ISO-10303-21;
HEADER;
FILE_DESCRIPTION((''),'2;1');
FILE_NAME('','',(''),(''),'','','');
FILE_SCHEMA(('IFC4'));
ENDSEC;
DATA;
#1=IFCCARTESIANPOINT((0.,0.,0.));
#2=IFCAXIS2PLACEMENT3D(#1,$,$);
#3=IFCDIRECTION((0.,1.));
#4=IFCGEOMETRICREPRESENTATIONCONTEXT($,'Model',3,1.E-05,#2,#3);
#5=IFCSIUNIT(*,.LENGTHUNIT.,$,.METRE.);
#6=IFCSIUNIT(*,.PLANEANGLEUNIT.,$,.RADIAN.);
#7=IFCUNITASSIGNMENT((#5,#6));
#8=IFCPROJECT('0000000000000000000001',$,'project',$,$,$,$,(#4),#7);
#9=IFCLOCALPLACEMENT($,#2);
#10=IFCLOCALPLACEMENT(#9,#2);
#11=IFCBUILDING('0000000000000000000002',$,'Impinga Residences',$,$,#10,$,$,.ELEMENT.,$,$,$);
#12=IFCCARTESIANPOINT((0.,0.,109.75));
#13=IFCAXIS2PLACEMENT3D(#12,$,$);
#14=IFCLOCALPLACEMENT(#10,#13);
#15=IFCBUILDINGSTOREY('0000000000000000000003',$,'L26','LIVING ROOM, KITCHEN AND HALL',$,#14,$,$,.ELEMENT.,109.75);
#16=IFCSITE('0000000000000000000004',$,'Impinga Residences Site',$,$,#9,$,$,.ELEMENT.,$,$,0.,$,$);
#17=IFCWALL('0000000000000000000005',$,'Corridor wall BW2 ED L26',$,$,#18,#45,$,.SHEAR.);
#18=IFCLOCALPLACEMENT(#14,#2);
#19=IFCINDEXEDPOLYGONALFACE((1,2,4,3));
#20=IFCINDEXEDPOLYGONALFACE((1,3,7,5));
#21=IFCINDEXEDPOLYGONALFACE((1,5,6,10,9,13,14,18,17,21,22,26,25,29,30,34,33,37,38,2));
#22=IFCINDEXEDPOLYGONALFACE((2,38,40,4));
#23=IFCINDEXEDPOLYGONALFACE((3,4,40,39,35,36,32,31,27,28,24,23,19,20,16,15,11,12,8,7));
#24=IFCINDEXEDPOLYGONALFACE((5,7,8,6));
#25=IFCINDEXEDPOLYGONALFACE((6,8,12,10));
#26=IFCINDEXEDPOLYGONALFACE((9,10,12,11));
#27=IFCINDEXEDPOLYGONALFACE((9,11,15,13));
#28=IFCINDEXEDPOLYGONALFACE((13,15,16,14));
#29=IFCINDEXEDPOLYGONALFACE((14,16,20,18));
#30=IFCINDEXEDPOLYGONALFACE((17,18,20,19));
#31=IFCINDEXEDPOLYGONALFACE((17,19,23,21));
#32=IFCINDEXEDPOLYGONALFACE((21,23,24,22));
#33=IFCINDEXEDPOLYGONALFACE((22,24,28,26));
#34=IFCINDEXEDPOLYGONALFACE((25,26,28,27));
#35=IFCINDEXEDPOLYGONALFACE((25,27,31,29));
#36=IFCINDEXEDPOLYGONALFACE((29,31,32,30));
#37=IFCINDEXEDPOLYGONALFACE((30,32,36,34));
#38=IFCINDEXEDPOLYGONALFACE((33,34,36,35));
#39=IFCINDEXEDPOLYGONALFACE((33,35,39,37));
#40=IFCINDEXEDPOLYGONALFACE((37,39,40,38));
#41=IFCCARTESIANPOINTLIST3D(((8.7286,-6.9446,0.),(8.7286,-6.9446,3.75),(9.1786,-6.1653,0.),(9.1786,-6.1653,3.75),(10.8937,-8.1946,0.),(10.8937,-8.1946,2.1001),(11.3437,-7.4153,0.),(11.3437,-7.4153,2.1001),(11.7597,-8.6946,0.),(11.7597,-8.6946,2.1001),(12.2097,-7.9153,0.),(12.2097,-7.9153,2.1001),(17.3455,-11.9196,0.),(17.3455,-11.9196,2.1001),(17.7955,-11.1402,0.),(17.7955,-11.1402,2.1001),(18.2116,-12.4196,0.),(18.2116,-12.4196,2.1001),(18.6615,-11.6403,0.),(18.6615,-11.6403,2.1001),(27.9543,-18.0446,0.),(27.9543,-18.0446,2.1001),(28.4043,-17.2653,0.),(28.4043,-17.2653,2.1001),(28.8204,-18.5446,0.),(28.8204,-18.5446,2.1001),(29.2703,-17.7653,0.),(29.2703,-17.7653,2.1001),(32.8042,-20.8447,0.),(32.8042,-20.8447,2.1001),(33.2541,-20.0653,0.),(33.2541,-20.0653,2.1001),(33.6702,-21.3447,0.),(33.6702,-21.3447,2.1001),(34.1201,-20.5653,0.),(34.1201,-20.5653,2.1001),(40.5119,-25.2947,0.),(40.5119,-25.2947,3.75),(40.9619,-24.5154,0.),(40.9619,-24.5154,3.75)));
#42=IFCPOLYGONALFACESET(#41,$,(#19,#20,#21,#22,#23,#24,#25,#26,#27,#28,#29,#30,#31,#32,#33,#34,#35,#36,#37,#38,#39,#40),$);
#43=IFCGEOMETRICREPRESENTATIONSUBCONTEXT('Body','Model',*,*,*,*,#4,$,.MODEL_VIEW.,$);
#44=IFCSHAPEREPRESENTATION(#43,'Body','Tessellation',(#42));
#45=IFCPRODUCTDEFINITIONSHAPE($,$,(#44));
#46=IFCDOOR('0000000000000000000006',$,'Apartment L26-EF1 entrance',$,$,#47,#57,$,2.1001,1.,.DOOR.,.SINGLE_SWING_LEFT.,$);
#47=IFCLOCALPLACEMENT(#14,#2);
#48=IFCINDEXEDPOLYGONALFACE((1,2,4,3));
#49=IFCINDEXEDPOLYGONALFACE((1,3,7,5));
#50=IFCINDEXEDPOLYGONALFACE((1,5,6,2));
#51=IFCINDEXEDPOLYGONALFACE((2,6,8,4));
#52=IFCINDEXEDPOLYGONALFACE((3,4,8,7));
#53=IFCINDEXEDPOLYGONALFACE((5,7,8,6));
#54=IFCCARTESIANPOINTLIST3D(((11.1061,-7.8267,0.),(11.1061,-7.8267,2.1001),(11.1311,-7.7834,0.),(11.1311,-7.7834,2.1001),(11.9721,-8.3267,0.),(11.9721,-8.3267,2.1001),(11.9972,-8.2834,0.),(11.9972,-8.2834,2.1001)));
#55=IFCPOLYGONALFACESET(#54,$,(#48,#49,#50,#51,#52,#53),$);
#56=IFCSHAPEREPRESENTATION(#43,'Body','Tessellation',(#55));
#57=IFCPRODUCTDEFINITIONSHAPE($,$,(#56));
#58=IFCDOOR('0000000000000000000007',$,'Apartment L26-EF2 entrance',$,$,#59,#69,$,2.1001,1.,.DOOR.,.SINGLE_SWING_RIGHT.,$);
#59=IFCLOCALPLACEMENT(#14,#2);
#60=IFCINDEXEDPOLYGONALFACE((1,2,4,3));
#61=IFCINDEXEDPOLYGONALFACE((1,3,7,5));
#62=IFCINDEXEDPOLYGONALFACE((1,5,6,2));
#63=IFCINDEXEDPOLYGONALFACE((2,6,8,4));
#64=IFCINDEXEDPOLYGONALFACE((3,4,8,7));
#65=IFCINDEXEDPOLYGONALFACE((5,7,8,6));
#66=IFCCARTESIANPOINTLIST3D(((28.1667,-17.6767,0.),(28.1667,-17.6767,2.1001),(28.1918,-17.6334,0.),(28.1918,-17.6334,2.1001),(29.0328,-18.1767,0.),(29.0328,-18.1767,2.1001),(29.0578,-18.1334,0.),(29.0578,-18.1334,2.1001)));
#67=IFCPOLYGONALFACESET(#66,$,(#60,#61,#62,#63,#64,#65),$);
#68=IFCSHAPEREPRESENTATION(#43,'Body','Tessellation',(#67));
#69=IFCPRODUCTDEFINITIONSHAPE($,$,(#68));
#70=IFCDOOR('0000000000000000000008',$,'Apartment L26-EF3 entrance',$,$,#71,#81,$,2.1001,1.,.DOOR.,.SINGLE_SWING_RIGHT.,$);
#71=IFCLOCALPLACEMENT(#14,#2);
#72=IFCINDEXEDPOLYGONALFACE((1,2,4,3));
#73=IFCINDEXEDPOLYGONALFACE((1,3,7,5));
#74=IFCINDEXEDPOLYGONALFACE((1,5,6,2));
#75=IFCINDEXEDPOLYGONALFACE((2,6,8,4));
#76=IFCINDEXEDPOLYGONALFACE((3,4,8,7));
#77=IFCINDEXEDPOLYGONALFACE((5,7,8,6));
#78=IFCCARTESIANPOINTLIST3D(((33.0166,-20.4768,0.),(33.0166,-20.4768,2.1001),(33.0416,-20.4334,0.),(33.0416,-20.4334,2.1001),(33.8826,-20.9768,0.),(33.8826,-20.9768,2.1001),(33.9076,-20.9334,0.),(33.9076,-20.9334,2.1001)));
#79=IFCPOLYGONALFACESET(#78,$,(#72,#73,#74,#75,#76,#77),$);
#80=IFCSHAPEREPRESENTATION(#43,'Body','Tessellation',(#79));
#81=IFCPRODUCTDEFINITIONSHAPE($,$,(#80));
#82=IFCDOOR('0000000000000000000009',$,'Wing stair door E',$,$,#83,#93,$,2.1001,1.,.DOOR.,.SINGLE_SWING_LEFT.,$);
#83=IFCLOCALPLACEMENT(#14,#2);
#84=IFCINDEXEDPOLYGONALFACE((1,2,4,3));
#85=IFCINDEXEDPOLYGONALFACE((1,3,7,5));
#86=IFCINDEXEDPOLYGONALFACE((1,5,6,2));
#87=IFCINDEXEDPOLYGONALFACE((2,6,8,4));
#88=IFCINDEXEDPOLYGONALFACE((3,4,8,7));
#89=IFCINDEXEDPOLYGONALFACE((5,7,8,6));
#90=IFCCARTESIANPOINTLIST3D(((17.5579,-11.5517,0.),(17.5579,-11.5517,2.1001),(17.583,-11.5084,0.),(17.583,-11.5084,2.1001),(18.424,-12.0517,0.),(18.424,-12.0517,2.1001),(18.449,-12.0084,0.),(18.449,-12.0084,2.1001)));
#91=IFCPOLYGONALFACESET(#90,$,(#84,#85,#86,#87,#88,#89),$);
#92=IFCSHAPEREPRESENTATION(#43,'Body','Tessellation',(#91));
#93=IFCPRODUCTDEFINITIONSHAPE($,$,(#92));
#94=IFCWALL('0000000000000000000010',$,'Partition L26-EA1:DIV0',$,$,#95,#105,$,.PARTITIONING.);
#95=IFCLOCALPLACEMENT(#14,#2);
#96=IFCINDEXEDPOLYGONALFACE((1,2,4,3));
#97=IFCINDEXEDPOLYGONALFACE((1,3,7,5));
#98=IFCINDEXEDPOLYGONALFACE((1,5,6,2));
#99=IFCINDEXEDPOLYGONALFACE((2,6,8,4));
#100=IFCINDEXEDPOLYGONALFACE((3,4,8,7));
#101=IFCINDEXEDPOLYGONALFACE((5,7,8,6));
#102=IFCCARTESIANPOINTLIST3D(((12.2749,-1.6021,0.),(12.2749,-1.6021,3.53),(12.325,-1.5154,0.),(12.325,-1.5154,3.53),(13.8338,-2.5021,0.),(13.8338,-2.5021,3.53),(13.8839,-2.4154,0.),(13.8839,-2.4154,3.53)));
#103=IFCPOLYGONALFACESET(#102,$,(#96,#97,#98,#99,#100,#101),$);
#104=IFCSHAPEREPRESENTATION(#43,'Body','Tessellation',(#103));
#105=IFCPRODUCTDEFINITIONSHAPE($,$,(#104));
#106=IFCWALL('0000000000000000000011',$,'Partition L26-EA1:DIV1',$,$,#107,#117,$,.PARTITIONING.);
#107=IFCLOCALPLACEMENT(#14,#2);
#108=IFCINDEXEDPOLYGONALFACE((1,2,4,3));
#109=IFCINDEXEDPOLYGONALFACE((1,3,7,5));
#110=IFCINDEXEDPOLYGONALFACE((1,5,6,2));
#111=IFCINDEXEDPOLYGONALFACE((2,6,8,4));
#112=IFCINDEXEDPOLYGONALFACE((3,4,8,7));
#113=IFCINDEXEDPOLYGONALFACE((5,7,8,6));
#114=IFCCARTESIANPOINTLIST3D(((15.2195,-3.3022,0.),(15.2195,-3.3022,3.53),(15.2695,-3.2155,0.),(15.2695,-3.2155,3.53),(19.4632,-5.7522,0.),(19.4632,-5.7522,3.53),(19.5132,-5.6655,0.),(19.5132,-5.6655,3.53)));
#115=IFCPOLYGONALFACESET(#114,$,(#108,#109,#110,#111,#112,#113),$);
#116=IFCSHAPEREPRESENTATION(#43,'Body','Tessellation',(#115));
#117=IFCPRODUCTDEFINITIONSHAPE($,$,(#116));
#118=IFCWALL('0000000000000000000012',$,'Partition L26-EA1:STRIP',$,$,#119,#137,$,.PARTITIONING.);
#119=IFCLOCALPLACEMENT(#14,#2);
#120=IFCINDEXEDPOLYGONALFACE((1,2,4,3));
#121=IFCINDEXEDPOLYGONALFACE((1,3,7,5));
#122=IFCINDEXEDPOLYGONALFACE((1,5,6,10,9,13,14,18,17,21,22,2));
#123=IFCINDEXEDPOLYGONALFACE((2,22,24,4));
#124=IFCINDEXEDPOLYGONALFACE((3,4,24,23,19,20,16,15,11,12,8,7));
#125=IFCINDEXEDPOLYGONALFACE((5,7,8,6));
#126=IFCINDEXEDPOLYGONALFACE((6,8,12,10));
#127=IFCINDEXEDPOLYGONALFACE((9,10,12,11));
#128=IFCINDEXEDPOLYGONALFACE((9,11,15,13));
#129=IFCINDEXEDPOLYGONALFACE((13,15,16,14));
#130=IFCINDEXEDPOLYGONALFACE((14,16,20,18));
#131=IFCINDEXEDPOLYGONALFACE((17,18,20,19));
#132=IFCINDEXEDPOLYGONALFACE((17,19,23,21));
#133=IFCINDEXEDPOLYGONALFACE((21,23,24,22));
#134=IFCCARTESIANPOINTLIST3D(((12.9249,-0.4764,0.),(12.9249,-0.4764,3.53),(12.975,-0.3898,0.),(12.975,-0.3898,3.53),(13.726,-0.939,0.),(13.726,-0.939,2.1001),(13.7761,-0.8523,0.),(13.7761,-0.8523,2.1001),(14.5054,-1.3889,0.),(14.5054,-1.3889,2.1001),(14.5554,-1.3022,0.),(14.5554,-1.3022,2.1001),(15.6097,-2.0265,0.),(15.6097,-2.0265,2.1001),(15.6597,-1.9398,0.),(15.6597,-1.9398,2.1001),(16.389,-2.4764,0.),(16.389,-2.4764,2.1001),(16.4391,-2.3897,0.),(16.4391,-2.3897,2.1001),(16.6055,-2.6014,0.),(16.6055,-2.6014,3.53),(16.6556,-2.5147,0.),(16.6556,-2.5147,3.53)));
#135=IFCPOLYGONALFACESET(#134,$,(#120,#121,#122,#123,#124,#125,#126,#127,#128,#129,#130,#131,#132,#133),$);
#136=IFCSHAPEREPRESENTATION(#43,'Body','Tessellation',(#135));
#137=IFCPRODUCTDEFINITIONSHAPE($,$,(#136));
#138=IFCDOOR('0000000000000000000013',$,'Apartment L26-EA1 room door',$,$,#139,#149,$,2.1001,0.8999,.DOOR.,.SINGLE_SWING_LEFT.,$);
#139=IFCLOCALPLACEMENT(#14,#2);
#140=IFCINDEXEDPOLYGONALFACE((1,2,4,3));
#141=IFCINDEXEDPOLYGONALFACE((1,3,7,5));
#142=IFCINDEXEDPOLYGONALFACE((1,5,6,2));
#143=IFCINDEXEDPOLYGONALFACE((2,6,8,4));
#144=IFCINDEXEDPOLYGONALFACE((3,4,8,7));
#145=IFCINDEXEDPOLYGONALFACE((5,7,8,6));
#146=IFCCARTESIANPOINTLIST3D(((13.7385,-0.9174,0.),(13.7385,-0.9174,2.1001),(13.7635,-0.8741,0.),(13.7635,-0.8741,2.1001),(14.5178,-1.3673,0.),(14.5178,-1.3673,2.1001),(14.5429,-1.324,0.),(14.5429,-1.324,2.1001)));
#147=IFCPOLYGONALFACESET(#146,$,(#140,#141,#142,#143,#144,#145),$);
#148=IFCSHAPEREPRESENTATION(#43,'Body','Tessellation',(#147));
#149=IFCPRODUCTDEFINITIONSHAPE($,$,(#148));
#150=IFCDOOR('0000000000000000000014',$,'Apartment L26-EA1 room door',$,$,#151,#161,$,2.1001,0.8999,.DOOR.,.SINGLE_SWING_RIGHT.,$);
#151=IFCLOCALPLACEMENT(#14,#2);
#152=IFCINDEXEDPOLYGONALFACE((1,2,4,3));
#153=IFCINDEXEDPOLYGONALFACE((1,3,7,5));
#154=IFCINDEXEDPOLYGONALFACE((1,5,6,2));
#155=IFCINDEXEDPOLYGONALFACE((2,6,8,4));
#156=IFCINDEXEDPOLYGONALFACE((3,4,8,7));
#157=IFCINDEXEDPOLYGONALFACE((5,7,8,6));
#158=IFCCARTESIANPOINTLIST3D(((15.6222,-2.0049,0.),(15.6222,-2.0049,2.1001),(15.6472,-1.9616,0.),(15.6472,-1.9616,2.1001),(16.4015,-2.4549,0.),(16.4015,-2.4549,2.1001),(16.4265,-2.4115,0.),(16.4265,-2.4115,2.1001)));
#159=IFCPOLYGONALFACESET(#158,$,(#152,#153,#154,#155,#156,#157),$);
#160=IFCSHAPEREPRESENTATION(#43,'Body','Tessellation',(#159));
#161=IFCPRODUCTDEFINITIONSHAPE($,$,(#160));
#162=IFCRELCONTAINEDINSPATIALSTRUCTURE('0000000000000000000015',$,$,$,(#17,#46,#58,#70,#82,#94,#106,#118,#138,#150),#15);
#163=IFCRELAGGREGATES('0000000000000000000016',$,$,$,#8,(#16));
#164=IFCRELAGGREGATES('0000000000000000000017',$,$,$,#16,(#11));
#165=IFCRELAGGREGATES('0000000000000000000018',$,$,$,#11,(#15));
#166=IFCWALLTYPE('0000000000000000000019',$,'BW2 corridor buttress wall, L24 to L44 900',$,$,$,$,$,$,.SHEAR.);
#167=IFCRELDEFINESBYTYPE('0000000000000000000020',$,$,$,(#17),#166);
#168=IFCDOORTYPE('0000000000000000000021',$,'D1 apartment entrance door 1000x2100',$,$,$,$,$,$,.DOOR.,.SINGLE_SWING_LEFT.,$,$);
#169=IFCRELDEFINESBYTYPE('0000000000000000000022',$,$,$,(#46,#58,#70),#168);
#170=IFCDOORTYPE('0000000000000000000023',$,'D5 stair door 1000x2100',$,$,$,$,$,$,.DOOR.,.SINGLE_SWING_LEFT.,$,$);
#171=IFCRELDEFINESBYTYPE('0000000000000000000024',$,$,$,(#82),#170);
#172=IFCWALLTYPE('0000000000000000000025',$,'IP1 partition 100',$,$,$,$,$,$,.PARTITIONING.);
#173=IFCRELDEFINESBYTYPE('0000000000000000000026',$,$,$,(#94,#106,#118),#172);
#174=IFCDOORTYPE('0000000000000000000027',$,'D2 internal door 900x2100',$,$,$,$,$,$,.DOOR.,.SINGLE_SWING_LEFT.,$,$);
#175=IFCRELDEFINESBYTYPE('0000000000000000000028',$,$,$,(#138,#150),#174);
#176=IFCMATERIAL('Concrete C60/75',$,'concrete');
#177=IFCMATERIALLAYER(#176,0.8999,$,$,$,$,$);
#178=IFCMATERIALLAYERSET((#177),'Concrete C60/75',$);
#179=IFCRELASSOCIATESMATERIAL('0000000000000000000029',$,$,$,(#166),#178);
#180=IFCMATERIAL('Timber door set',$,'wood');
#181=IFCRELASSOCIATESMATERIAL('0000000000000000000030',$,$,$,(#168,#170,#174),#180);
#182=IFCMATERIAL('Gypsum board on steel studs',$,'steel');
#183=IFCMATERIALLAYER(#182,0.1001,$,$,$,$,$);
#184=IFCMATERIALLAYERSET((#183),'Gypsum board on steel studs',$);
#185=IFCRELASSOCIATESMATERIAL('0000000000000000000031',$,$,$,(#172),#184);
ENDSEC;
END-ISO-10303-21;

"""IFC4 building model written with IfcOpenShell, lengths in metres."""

from ifc_helpers import new_model, si_unit, direction, frame, frame_2d, origin, place, context, subcontext, project, spatial, rectangle, extrude, material, layer, layer_set, type_object, element, fill, save


model = new_model("IFC4")

# Units and contexts
model_context = context("Model", 3, precision=1e-05, world=origin(), true_north=direction((0.0, 1.0)))
body_context = subcontext(model_context, "Body", "Model", "MODEL_VIEW")
ifc_project = project(units=[si_unit("LENGTHUNIT", "METRE"), si_unit("PLANEANGLEUNIT", "RADIAN")], contexts=[model_context])

# Site, building, storey
site_placement = place(None, origin())
site = spatial("IfcSite", under=ifc_project, at=site_placement, Name="Impinga Residences Site", CompositionType="ELEMENT", RefElevation=0.0)
building_placement = place(site_placement, origin())
building = spatial("IfcBuilding", under=site, at=building_placement, Name="Impinga Residences", CompositionType="ELEMENT")
storey_placement = place(building_placement, frame((0.0, 0.0, 109.75)))
storey = spatial("IfcBuildingStorey", under=building, at=storey_placement, Name="L26", Description="LIVING ROOM, KITCHEN AND HALL", CompositionType="ELEMENT", Elevation=109.75)

# Wall, openings, doors
ifc_material_1 = material(Name="Concrete C60/75", Category="concrete")
ifc_layer_1 = layer(ifc_material_1, 0.8999)
ifc_layer_set_1 = layer_set([ifc_layer_1], Name="Concrete C60/75")
wall_type_1 = type_object("IfcWallType", Name="BW2 corridor buttress wall, L24 to L44 900", PredefinedType="SHEAR", material=ifc_layer_set_1)
ifc_material_2 = material(Name="Timber door set", Category="wood")
door_type_1 = type_object("IfcDoorType", Name="D1 apartment entrance door 1000x2100", OperationType="SINGLE_SWING_LEFT", PredefinedType="DOOR", material=ifc_material_2)
wall_1_placement = place(storey_placement, frame((8.9536, -6.5549, 0.0), z_axis=(0.0, 0.0, 1.0), x_axis=(0.866025, -0.500001, 0.0)))
wall_1 = element("IfcWall", 1, at=wall_1_placement, inside=storey, type_object=wall_type_1, Name="Corridor wall BW2 ED L26", PredefinedType="SHEAR", context=body_context, shape_type="SweptSolid", body=[
    extrude(rectangle(XDim=36.7002, YDim=0.8999, at=frame_2d((18.3501, 0.0))), origin(), (0.0, 0.0, 1.0), 3.75),
])
opening_1_placement = place(wall_1_placement, frame((9.95, 0.0, 0.0)))
opening_1 = element("IfcOpeningElement", 2, at=opening_1_placement, cuts=wall_1, PredefinedType="OPENING", context=body_context, shape_type="SweptSolid", body=[
    extrude(rectangle(XDim=1.0, YDim=2.1001, at=frame_2d((0.5, 1.05))), frame((0.0, 0.46, 0.0), z_axis=(0.0, -1.0, 0.0), x_axis=(1.0, 0.0, 0.0)), (0.0, 0.0, 1.0), 0.9199),
])
opening_2_placement = place(wall_1_placement, frame((2.5, 0.0, 0.0)))
opening_2 = element("IfcOpeningElement", 3, at=opening_2_placement, cuts=wall_1, PredefinedType="OPENING", context=body_context, shape_type="SweptSolid", body=[
    extrude(rectangle(XDim=1.0, YDim=2.1001, at=frame_2d((0.5, 1.05))), frame((0.0, 0.46, 0.0), z_axis=(0.0, -1.0, 0.0), x_axis=(1.0, 0.0, 0.0)), (0.0, 0.0, 1.0), 0.9199),
])
opening_3_placement = place(wall_1_placement, frame((22.2, 0.0, 0.0)))
opening_3 = element("IfcOpeningElement", 4, at=opening_3_placement, cuts=wall_1, PredefinedType="OPENING", context=body_context, shape_type="SweptSolid", body=[
    extrude(rectangle(XDim=1.0, YDim=2.1001, at=frame_2d((0.5, 1.05))), frame((0.0, 0.46, 0.0), z_axis=(0.0, -1.0, 0.0), x_axis=(1.0, 0.0, 0.0)), (0.0, 0.0, 1.0), 0.9199),
])
opening_4_placement = place(wall_1_placement, frame((27.8, 0.0, 0.0)))
opening_4 = element("IfcOpeningElement", 5, at=opening_4_placement, cuts=wall_1, PredefinedType="OPENING", context=body_context, shape_type="SweptSolid", body=[
    extrude(rectangle(XDim=1.0, YDim=2.1001, at=frame_2d((0.5, 1.05))), frame((0.0, 0.46, 0.0), z_axis=(0.0, -1.0, 0.0), x_axis=(1.0, 0.0, 0.0)), (0.0, 0.0, 1.0), 0.9199),
])
door_1_placement = place(opening_2_placement, origin())
door_1 = element("IfcDoor", 6, at=door_1_placement, inside=storey, type_object=door_type_1, Name="Apartment L26-EF1 entrance", OperationType="SINGLE_SWING_LEFT", OverallHeight=2.1001, OverallWidth=1.0, PredefinedType="DOOR", context=body_context, shape_type="SweptSolid", body=[
    extrude(rectangle(XDim=1.0, YDim=2.1001, at=frame_2d((0.5, 1.05))), frame((0.0, 0.0249, 0.0), z_axis=(0.0, -1.0, 0.0), x_axis=(1.0, 0.0, 0.0)), (0.0, 0.0, 1.0), 0.05),
])
fill(opening_2, door_1)
door_2_placement = place(opening_3_placement, origin())
door_2 = element("IfcDoor", 7, at=door_2_placement, inside=storey, type_object=door_type_1, Name="Apartment L26-EF2 entrance", OperationType="SINGLE_SWING_RIGHT", OverallHeight=2.1001, OverallWidth=1.0, PredefinedType="DOOR", context=body_context, shape_type="SweptSolid", body=[
    extrude(rectangle(XDim=1.0, YDim=2.1001, at=frame_2d((0.5, 1.05))), frame((0.0, 0.0249, 0.0), z_axis=(0.0, -1.0, 0.0), x_axis=(1.0, 0.0, 0.0)), (0.0, 0.0, 1.0), 0.05),
])
fill(opening_3, door_2)
door_3_placement = place(opening_4_placement, origin())
door_3 = element("IfcDoor", 8, at=door_3_placement, inside=storey, type_object=door_type_1, Name="Apartment L26-EF3 entrance", OperationType="SINGLE_SWING_RIGHT", OverallHeight=2.1001, OverallWidth=1.0, PredefinedType="DOOR", context=body_context, shape_type="SweptSolid", body=[
    extrude(rectangle(XDim=1.0, YDim=2.1001, at=frame_2d((0.5, 1.05))), frame((0.0, 0.0249, 0.0), z_axis=(0.0, -1.0, 0.0), x_axis=(1.0, 0.0, 0.0)), (0.0, 0.0, 1.0), 0.05),
])
fill(opening_4, door_3)
door_type_2 = type_object("IfcDoorType", Name="D5 stair door 1000x2100", OperationType="SINGLE_SWING_LEFT", PredefinedType="DOOR", material=ifc_material_2)
door_4_placement = place(opening_1_placement, origin())
door_4 = element("IfcDoor", 9, at=door_4_placement, inside=storey, type_object=door_type_2, Name="Wing stair door E", OperationType="SINGLE_SWING_LEFT", OverallHeight=2.1001, OverallWidth=1.0, PredefinedType="DOOR", context=body_context, shape_type="SweptSolid", body=[
    extrude(rectangle(XDim=1.0, YDim=2.1001, at=frame_2d((0.5, 1.05))), frame((0.0, 0.0249, 0.0), z_axis=(0.0, -1.0, 0.0), x_axis=(1.0, 0.0, 0.0)), (0.0, 0.0, 1.0), 0.05),
])
fill(opening_1, door_4)

# Walls
ifc_material_3 = material(Name="Gypsum board on steel studs", Category="steel")
ifc_layer_2 = layer(ifc_material_3, 0.1001)
ifc_layer_set_2 = layer_set([ifc_layer_2], Name="Gypsum board on steel studs")
wall_type_2 = type_object("IfcWallType", Name="IP1 partition 100", PredefinedType="PARTITIONING", material=ifc_layer_set_2)
wall_2_placement = place(storey_placement, frame((12.3, -1.5588, 0.0), z_axis=(0.0, 0.0, 1.0), x_axis=(0.866048, -0.499961, 0.0)))
element("IfcWall", 10, at=wall_2_placement, inside=storey, type_object=wall_type_2, Name="Partition L26-EA1:DIV0", PredefinedType="PARTITIONING", context=body_context, shape_type="SweptSolid", body=[
    extrude(rectangle(XDim=1.8, YDim=0.1001, at=frame_2d((0.8999, 0.0))), origin(), (0.0, 0.0, 1.0), 3.53),
])
wall_3_placement = place(storey_placement, frame((15.2444, -3.2588, 0.0), z_axis=(0.0, 0.0, 1.0), x_axis=(0.866036, -0.499981, 0.0)))
element("IfcWall", 11, at=wall_3_placement, inside=storey, type_object=wall_type_2, Name="Partition L26-EA1:DIV1", PredefinedType="PARTITIONING", context=body_context, shape_type="SweptSolid", body=[
    extrude(rectangle(XDim=4.9001, YDim=0.1001, at=frame_2d((2.4502, 0.0))), origin(), (0.0, 0.0, 1.0), 3.53),
])

# Wall, openings, doors
wall_4_placement = place(storey_placement, frame((12.95, -0.4331, 0.0), z_axis=(0.0, 0.0, 1.0), x_axis=(0.866029, -0.499994, 0.0)))
wall_4 = element("IfcWall", 12, at=wall_4_placement, inside=storey, type_object=wall_type_2, Name="Partition L26-EA1:STRIP", PredefinedType="PARTITIONING", context=body_context, shape_type="SweptSolid", body=[
    extrude(rectangle(XDim=4.25, YDim=0.1001, at=frame_2d((2.125, 0.0))), origin(), (0.0, 0.0, 1.0), 3.53),
])
opening_5_placement = place(wall_4_placement, frame((0.925, 0.0, 0.0)))
opening_5 = element("IfcOpeningElement", 13, at=opening_5_placement, cuts=wall_4, PredefinedType="OPENING", context=body_context, shape_type="SweptSolid", body=[
    extrude(rectangle(XDim=0.8999, YDim=2.1001, at=frame_2d((0.45, 1.05))), frame((0.0, 0.0601, 0.0), z_axis=(0.0, -1.0, 0.0), x_axis=(1.0, 0.0, 0.0)), (0.0, 0.0, 1.0), 0.1201),
])
opening_6_placement = place(wall_4_placement, frame((3.1001, 0.0, 0.0)))
opening_6 = element("IfcOpeningElement", 14, at=opening_6_placement, cuts=wall_4, PredefinedType="OPENING", context=body_context, shape_type="SweptSolid", body=[
    extrude(rectangle(XDim=0.8999, YDim=2.1001, at=frame_2d((0.45, 1.05))), frame((0.0, 0.0601, 0.0), z_axis=(0.0, -1.0, 0.0), x_axis=(1.0, 0.0, 0.0)), (0.0, 0.0, 1.0), 0.1201),
])
door_type_3 = type_object("IfcDoorType", Name="D2 internal door 900x2100", OperationType="SINGLE_SWING_LEFT", PredefinedType="DOOR", material=ifc_material_2)
door_5_placement = place(opening_5_placement, origin())
door_5 = element("IfcDoor", 15, at=door_5_placement, inside=storey, type_object=door_type_3, Name="Apartment L26-EA1 room door", OperationType="SINGLE_SWING_LEFT", OverallHeight=2.1001, OverallWidth=0.8999, PredefinedType="DOOR", context=body_context, shape_type="SweptSolid", body=[
    extrude(rectangle(XDim=0.8999, YDim=2.1001, at=frame_2d((0.45, 1.05))), frame((0.0, 0.0249, 0.0), z_axis=(0.0, -1.0, 0.0), x_axis=(1.0, 0.0, 0.0)), (0.0, 0.0, 1.0), 0.05),
])
fill(opening_5, door_5)
door_6_placement = place(opening_6_placement, origin())
door_6 = element("IfcDoor", 16, at=door_6_placement, inside=storey, type_object=door_type_3, Name="Apartment L26-EA1 room door", OperationType="SINGLE_SWING_RIGHT", OverallHeight=2.1001, OverallWidth=0.8999, PredefinedType="DOOR", context=body_context, shape_type="SweptSolid", body=[
    extrude(rectangle(XDim=0.8999, YDim=2.1001, at=frame_2d((0.45, 1.05))), frame((0.0, 0.0249, 0.0), z_axis=(0.0, -1.0, 0.0), x_axis=(1.0, 0.0, 0.0)), (0.0, 0.0, 1.0), 0.05),
])
fill(opening_6, door_6)

save(model, "model.ifc")
